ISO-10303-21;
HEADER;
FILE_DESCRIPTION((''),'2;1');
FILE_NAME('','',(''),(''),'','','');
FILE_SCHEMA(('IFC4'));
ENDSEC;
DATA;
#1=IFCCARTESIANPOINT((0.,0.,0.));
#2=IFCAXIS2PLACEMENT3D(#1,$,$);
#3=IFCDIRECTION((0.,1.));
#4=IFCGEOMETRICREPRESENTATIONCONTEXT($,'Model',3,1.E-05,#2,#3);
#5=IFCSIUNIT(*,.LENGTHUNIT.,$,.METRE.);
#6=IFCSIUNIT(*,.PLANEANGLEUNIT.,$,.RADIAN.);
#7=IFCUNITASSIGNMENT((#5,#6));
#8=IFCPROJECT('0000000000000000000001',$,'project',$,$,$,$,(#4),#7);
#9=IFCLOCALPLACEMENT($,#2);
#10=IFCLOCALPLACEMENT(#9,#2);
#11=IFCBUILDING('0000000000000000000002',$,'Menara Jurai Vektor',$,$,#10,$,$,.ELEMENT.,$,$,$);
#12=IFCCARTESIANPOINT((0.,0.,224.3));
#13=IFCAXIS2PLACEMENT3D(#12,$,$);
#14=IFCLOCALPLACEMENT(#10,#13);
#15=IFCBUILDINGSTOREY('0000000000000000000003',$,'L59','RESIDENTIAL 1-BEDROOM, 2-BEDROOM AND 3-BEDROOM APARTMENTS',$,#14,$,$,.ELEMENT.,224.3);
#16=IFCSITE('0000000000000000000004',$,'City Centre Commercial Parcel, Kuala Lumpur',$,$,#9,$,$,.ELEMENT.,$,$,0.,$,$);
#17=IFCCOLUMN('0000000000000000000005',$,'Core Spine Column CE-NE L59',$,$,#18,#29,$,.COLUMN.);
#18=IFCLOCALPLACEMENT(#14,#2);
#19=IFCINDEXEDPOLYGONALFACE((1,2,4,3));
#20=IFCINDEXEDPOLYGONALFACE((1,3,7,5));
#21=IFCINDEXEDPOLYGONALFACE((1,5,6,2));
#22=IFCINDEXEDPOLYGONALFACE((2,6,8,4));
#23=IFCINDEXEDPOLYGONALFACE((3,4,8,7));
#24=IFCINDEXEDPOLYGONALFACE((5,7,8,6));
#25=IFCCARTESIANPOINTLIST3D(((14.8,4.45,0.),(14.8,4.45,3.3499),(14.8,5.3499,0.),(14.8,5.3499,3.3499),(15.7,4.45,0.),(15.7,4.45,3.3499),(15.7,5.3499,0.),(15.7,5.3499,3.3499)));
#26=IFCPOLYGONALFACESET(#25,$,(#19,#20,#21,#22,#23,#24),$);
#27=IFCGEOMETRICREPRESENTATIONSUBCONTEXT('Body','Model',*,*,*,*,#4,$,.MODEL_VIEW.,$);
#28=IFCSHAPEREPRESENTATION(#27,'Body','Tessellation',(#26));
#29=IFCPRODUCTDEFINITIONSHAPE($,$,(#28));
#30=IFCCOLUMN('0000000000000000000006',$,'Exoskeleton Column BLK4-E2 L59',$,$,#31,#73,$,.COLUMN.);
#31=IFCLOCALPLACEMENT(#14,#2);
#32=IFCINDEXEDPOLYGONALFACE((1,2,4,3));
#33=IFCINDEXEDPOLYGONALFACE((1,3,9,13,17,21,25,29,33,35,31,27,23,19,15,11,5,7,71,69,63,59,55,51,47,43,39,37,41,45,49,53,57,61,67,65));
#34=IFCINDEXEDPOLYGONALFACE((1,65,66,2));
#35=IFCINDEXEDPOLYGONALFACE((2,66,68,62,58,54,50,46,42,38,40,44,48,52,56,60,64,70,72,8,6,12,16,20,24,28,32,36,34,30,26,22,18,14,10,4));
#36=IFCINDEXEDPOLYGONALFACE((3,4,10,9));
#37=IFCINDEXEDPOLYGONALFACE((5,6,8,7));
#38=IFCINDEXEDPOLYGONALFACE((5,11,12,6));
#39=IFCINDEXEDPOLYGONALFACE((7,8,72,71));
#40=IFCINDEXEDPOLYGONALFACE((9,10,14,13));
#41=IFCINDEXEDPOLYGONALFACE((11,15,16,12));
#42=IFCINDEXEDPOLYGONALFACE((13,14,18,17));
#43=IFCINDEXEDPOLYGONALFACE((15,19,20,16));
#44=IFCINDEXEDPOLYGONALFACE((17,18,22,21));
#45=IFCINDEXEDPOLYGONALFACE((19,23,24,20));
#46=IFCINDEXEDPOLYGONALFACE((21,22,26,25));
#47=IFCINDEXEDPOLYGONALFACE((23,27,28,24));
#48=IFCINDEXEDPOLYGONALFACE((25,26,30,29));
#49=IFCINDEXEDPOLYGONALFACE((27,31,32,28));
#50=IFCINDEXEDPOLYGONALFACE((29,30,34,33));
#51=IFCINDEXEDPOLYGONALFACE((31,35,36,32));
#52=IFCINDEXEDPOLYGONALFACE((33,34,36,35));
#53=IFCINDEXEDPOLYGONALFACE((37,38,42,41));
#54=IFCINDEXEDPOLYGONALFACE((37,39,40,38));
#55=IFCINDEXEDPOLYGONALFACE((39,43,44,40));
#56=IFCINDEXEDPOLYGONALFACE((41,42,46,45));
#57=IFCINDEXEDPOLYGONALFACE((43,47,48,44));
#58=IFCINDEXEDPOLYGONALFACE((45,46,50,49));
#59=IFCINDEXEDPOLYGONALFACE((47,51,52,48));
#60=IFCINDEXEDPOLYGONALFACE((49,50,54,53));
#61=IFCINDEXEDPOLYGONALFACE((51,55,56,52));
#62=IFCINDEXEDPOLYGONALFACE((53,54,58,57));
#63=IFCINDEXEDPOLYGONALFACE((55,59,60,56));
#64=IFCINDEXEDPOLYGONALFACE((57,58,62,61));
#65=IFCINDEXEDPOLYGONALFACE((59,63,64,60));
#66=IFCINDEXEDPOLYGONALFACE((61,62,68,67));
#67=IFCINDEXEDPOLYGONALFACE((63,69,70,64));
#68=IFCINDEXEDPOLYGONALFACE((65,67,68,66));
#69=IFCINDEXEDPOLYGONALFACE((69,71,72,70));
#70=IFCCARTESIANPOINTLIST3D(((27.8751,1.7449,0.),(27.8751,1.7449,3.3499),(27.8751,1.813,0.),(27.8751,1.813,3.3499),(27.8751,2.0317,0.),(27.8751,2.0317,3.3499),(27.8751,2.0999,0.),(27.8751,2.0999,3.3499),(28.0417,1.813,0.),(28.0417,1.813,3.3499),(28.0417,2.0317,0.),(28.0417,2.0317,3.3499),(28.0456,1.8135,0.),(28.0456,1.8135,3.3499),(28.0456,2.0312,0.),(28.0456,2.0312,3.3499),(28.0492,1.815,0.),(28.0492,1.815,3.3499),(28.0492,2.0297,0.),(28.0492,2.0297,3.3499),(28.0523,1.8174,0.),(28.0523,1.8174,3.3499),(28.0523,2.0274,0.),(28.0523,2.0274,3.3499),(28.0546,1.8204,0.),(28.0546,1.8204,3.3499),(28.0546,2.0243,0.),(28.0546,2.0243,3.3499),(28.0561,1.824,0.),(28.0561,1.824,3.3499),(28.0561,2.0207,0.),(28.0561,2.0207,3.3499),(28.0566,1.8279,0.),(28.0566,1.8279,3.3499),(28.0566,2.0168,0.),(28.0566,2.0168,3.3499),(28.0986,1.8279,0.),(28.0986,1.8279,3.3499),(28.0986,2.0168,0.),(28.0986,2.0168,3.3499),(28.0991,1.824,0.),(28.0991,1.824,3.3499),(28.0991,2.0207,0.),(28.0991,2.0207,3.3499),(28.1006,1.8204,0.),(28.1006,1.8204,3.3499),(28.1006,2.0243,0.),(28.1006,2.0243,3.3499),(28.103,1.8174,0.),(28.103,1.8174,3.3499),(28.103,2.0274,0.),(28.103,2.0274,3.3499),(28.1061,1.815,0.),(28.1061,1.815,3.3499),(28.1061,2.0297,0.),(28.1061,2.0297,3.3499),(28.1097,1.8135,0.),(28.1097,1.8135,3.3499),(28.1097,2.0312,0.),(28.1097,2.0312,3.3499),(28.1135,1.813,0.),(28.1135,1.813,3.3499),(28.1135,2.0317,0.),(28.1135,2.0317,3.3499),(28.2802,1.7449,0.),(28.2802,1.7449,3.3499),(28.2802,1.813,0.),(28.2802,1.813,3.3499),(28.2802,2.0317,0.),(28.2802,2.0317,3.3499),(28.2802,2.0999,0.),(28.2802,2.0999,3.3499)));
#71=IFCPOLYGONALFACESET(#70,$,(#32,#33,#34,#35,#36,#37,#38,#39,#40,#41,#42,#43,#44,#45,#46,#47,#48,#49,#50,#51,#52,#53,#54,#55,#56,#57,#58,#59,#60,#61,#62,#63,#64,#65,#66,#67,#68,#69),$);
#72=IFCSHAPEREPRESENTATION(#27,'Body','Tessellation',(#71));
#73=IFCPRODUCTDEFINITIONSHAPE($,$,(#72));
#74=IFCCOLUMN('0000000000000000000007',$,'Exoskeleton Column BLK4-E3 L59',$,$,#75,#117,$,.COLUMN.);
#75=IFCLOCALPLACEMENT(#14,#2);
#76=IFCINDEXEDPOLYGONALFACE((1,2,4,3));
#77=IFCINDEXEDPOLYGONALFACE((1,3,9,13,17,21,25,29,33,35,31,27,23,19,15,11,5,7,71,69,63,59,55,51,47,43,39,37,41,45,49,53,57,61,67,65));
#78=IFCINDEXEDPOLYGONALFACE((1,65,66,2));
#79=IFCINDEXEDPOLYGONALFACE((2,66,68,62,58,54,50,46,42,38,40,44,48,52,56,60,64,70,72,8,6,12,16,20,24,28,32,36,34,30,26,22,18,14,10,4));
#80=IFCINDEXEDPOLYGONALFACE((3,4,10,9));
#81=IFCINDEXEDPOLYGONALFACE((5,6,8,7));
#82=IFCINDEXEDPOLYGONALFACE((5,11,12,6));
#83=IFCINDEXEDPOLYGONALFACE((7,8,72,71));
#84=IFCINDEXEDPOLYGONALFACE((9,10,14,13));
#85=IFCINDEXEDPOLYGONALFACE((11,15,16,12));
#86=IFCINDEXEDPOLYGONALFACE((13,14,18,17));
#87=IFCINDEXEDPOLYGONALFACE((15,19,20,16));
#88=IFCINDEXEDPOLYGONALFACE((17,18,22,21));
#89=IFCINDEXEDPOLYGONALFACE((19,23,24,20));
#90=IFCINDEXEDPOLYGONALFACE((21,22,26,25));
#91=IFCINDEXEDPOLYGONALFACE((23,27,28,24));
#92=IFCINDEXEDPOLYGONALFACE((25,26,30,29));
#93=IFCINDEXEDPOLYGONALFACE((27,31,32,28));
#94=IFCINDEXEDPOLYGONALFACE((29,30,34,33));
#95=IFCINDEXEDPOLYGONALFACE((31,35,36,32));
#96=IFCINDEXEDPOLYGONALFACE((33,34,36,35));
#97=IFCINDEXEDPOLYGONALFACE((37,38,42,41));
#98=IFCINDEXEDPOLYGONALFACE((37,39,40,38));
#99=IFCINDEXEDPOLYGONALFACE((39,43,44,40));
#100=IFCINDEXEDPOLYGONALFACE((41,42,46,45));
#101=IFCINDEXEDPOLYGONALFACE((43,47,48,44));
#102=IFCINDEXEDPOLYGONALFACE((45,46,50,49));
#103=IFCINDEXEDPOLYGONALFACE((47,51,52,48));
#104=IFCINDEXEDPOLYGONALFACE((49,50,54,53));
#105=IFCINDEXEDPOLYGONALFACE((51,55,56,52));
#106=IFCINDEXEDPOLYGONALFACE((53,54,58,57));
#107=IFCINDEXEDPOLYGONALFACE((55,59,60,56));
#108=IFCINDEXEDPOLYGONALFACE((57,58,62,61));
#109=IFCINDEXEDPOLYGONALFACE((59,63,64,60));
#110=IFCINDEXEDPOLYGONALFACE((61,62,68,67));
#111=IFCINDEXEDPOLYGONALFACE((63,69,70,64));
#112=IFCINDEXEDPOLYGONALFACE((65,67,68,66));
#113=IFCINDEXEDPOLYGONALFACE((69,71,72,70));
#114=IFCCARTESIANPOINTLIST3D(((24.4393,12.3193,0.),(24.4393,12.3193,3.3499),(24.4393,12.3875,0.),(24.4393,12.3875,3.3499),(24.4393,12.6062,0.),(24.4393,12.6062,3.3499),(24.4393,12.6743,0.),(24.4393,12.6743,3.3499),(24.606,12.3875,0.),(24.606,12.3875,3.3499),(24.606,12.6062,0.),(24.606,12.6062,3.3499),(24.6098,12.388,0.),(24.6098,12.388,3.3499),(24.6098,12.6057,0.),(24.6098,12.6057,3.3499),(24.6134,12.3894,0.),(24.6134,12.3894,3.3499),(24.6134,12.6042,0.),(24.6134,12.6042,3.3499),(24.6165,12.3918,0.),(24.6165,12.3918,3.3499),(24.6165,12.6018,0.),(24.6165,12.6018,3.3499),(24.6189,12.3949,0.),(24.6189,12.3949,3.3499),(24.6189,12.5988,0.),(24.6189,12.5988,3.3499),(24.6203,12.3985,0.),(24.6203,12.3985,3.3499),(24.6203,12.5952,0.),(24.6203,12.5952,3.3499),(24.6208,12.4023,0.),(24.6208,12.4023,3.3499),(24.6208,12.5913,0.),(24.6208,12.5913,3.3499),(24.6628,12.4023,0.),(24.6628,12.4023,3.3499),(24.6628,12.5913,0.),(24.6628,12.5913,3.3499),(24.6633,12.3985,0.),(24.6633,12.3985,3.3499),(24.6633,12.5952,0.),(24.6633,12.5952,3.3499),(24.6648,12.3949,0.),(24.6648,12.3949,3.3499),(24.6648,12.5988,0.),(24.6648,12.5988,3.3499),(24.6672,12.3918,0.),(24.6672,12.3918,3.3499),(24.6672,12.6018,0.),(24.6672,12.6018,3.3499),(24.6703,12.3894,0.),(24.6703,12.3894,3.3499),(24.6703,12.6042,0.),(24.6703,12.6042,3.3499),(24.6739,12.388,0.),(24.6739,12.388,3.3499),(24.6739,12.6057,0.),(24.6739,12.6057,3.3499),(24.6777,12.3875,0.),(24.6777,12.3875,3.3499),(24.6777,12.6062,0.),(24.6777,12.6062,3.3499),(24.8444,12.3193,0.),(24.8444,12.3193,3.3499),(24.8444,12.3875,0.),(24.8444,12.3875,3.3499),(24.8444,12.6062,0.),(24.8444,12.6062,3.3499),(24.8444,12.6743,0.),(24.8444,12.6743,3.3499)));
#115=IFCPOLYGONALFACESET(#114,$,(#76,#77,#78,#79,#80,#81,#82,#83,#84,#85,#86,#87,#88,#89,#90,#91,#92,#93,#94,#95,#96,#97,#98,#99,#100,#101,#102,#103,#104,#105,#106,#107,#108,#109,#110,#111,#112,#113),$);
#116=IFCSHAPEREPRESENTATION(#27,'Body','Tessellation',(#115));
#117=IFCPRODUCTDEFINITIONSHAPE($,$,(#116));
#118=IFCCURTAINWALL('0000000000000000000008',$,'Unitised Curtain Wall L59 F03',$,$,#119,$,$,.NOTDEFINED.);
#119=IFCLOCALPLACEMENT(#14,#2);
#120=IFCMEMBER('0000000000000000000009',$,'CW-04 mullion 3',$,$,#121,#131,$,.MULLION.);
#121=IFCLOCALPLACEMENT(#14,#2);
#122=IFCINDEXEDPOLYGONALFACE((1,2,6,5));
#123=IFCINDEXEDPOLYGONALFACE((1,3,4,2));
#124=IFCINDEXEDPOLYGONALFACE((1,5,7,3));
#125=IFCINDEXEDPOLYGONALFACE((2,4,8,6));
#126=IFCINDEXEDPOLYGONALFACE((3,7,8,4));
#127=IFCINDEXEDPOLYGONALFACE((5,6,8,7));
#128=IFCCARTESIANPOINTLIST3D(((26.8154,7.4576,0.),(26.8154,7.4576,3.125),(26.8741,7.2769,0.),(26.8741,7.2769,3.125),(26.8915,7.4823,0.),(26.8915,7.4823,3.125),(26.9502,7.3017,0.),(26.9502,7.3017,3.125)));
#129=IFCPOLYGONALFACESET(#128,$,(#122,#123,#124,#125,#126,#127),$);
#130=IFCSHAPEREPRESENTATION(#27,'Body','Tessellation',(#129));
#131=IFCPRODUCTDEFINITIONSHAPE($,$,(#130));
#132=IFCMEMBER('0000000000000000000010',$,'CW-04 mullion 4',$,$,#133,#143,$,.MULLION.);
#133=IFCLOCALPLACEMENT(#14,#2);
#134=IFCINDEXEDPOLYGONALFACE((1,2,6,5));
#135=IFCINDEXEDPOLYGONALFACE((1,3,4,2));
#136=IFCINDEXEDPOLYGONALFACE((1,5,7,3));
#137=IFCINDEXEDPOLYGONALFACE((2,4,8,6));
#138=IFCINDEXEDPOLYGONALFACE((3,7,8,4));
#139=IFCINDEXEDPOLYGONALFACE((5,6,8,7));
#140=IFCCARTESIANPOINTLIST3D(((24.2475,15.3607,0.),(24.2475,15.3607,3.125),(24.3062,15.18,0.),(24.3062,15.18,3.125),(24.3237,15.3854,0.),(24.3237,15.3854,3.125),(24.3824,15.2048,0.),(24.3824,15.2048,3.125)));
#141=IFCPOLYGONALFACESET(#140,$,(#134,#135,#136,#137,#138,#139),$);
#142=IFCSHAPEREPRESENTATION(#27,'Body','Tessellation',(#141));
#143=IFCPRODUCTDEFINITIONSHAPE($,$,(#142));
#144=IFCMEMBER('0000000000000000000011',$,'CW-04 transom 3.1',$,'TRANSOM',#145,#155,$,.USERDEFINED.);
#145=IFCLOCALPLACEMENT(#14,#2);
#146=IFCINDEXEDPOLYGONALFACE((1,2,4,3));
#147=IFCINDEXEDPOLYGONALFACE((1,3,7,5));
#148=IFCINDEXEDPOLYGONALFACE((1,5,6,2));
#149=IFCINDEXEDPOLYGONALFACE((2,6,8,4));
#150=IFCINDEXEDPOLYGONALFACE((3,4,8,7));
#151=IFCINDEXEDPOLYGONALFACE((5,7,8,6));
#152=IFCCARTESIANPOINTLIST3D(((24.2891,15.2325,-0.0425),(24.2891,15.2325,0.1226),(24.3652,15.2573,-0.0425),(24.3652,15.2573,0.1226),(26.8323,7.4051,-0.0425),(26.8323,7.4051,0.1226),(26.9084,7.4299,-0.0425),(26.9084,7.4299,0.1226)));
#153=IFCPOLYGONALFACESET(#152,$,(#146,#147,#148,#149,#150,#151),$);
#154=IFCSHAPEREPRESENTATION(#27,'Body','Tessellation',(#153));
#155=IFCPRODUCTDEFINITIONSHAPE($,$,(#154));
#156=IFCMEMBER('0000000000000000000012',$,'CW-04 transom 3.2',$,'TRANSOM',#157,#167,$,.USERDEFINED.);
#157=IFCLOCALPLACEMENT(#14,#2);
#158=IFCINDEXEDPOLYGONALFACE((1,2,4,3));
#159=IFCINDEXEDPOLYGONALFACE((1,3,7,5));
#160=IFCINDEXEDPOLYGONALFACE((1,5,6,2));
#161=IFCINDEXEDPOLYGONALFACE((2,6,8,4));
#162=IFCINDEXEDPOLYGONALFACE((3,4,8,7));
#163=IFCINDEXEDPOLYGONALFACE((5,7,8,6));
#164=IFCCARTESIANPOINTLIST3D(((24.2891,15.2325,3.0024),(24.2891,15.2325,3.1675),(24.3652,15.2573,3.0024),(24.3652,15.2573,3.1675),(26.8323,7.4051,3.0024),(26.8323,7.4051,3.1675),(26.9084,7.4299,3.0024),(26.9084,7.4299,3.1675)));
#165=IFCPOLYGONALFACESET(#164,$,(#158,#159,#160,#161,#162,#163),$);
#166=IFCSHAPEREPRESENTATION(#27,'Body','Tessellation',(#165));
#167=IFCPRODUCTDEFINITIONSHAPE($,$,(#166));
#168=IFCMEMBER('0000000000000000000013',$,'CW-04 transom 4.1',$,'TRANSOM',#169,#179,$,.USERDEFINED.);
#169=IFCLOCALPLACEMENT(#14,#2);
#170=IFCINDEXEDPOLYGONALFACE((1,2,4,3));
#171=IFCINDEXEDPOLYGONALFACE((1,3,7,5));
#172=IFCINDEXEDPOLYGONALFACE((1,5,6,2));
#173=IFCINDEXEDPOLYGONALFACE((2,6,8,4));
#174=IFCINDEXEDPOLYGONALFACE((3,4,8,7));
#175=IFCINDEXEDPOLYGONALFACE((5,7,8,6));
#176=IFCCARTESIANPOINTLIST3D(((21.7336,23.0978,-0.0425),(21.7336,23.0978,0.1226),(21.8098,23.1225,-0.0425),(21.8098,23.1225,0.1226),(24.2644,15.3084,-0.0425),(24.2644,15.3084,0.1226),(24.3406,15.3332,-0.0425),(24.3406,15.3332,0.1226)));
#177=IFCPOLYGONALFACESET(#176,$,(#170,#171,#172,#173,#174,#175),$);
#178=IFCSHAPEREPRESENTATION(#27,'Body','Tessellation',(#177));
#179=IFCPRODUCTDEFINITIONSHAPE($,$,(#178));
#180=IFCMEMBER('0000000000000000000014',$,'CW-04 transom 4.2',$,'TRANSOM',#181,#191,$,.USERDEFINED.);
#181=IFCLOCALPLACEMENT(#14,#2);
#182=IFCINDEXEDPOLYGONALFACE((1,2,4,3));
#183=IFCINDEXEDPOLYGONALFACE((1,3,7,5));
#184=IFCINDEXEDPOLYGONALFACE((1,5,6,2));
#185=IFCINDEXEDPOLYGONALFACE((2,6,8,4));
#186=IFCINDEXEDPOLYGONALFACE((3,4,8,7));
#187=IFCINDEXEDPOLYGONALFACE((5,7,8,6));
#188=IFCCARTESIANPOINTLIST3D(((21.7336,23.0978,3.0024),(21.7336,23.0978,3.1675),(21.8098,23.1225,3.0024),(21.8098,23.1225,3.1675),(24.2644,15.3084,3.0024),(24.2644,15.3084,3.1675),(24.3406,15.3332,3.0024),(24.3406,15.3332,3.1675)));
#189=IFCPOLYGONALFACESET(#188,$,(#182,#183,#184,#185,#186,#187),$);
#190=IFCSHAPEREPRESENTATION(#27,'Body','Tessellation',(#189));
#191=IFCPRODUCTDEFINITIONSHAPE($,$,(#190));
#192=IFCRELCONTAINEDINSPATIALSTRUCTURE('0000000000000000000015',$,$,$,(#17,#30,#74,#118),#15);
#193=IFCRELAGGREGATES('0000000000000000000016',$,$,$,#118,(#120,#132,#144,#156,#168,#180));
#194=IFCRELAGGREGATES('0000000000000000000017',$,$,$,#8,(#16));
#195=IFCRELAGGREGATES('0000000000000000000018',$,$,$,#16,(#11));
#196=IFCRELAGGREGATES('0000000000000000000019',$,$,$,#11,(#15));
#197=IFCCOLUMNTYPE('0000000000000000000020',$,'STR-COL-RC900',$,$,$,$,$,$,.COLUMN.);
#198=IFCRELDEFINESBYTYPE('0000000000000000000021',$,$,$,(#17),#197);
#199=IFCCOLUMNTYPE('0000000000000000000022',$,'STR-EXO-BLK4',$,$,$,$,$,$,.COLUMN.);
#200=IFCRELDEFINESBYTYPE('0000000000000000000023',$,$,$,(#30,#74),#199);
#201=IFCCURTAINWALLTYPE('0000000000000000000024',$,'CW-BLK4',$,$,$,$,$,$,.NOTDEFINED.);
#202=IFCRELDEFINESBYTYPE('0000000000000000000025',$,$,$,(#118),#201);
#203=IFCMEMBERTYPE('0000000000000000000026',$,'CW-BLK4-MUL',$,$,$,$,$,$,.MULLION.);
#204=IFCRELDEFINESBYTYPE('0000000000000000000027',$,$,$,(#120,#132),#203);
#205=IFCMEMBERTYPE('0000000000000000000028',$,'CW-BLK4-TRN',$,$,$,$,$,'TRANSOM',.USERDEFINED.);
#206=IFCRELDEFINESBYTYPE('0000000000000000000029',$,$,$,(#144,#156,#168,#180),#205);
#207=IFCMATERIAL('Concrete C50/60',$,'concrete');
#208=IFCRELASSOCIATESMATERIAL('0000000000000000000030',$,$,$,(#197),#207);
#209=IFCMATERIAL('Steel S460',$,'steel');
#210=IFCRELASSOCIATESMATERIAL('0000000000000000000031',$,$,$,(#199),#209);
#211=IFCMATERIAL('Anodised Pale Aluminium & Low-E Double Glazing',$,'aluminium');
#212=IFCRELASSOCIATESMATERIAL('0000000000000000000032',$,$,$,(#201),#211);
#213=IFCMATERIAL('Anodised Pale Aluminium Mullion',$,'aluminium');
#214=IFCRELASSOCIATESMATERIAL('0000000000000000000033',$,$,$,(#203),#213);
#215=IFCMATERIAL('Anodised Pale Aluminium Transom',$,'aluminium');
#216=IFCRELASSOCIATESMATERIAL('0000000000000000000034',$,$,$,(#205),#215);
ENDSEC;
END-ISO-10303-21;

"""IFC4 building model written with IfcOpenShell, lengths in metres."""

from ifc_helpers import new_model, si_unit, direction, frame, origin, origin_2d, place, context, subcontext, project, spatial, rectangle, i_section, extrude, material, material_profile, profile_set, type_object, element, aggregate, save


model = new_model("IFC4")

# Units and contexts
model_context = context("Model", 3, precision=1e-05, world=origin(), true_north=direction((0.0, 1.0)))
body_context = subcontext(model_context, "Body", "Model", "MODEL_VIEW")
ifc_project = project(units=[si_unit("LENGTHUNIT", "METRE"), si_unit("PLANEANGLEUNIT", "RADIAN")], contexts=[model_context])

# Site, building, storey
site_placement = place(None, origin())
site = spatial("IfcSite", under=ifc_project, at=site_placement, Name="City Centre Commercial Parcel, Kuala Lumpur", CompositionType="ELEMENT", RefElevation=0.0)
building_placement = place(site_placement, origin())
building = spatial("IfcBuilding", under=site, at=building_placement, Name="Menara Jurai Vektor", CompositionType="ELEMENT")
storey_placement = place(building_placement, frame((0.0, 0.0, 224.3)))
storey = spatial("IfcBuildingStorey", under=building, at=storey_placement, Name="L59", Description="RESIDENTIAL 1-BEDROOM, 2-BEDROOM AND 3-BEDROOM APARTMENTS", CompositionType="ELEMENT", Elevation=224.3)

# Columns
ifc_material_1 = material(Name="Concrete C50/60", Category="concrete")
ifc_material_profile_1 = material_profile(ifc_material_1, rectangle(XDim=0.8999, YDim=0.8999, at=origin_2d()), Name="RC 900x900")
ifc_profile_set_1 = profile_set([ifc_material_profile_1], Name="Concrete C50/60")
column_type_1 = type_object("IfcColumnType", Name="STR-COL-RC900", PredefinedType="COLUMN", material=ifc_profile_set_1)
column_placement = place(storey_placement, frame((15.25, 4.8999, 0.0), z_axis=(0.0, 0.0, 1.0), x_axis=(1.0, 0.0, 0.0)))
element("IfcColumn", 1, at=column_placement, inside=storey, type_object=column_type_1, Name="Core Spine Column CE-NE L59", PredefinedType="COLUMN", context=body_context, shape_type="SweptSolid", body=[
    extrude(rectangle(XDim=0.8999, YDim=0.8999, at=origin_2d()), origin(), (0.0, 0.0, 1.0), 3.3499),
])
ifc_material_2 = material(Name="Steel S460", Category="steel")
ifc_material_profile_2 = material_profile(ifc_material_2, i_section(OverallWidth=0.405, OverallDepth=0.355, WebThickness=0.042, FlangeThickness=0.0681, FilletRadius=0.0149, at=origin_2d()), Name="HD 400x551")
ifc_profile_set_2 = profile_set([ifc_material_profile_2], Name="Steel S460")
column_type_2 = type_object("IfcColumnType", Name="STR-EXO-BLK4", PredefinedType="COLUMN", material=ifc_profile_set_2)
for number, where, z_axis, x_axis, name in (
    (2, (28.0776, 1.9224, 0.0), (0.0, 0.0, 1.0), (1.0, 0.0, 0.0), "Exoskeleton Column BLK4-E2 L59"),
    (3, (24.6418, 12.4968, 0.0), (0.0, 0.0, 1.0), (1.0, 0.0, 0.0), "Exoskeleton Column BLK4-E3 L59"),
):
    element("IfcColumn", number, at=place(storey_placement, frame(where, z_axis=z_axis, x_axis=x_axis)), inside=storey, type_object=column_type_2, Name=name, PredefinedType="COLUMN", context=body_context, shape_type="SweptSolid", body=[
        extrude(i_section(OverallWidth=0.405, OverallDepth=0.355, WebThickness=0.042, FlangeThickness=0.0681, FilletRadius=0.0149, at=origin_2d()), origin(), (0.0, 0.0, 1.0), 3.3499),
    ])

# Curtain wall, members
ifc_material_3 = material(Name="Anodised Pale Aluminium & Low-E Double Glazing", Category="aluminium")
curtain_wall_type = type_object("IfcCurtainWallType", Name="CW-BLK4", PredefinedType="NOTDEFINED", material=ifc_material_3)
curtain_wall_placement = place(storey_placement, origin())
curtain_wall = element("IfcCurtainWall", 4, at=curtain_wall_placement, inside=storey, type_object=curtain_wall_type, Name="Unitised Curtain Wall L59 F03", PredefinedType="NOTDEFINED")
ifc_material_4 = material(Name="Anodised Pale Aluminium Mullion", Category="aluminium")
ifc_material_profile_3 = material_profile(ifc_material_4, rectangle(XDim=0.0801, YDim=0.1899, at=origin_2d()), Name="ALU MUL 80x190")
ifc_profile_set_3 = profile_set([ifc_material_profile_3], Name="Anodised Pale Aluminium Mullion")
member_type_1 = type_object("IfcMemberType", Name="CW-BLK4-MUL", PredefinedType="MULLION", material=ifc_profile_set_3)
member_1_placement = place(storey_placement, frame((26.8828, 7.3796, 0.0), z_axis=(0.0, 0.0, 1.0), x_axis=(-0.951057, -0.309016, 0.0)))
member_1 = element("IfcMember", 5, at=member_1_placement, type_object=member_type_1, Name="CW-04 mullion 3", PredefinedType="MULLION", context=body_context, shape_type="SweptSolid", body=[
    extrude(rectangle(XDim=0.0801, YDim=0.1899, at=origin_2d()), origin(), (0.0, 0.0, 1.0), 3.125),
])
member_2_placement = place(storey_placement, frame((24.3149, 15.2827, 0.0), z_axis=(0.0, 0.0, 1.0), x_axis=(-0.951057, -0.309016, 0.0)))
member_2 = element("IfcMember", 6, at=member_2_placement, type_object=member_type_1, Name="CW-04 mullion 4", PredefinedType="MULLION", context=body_context, shape_type="SweptSolid", body=[
    extrude(rectangle(XDim=0.0801, YDim=0.1899, at=origin_2d()), origin(), (0.0, 0.0, 1.0), 3.125),
])
ifc_material_5 = material(Name="Anodised Pale Aluminium Transom", Category="aluminium")
ifc_material_profile_4 = material_profile(ifc_material_5, rectangle(XDim=0.0801, YDim=0.165, at=origin_2d()), Name="ALU TRN 80x165")
ifc_profile_set_4 = profile_set([ifc_material_profile_4], Name="Anodised Pale Aluminium Transom")
member_type_2 = type_object("IfcMemberType", Name="CW-BLK4-TRN", ElementType="TRANSOM", PredefinedType="USERDEFINED", material=ifc_profile_set_4)
member_3_placement = place(storey_placement, frame((26.8704, 7.4175, 0.04), z_axis=(-0.30901, 0.951059, 0.0), x_axis=(-0.951059, -0.30901, 0.0)))
member_3 = element("IfcMember", 7, at=member_3_placement, type_object=member_type_2, Name="CW-04 transom 3.1", ObjectType="TRANSOM", PredefinedType="USERDEFINED", context=body_context, shape_type="SweptSolid", body=[
    extrude(rectangle(XDim=0.0801, YDim=0.165, at=origin_2d()), origin(), (0.0, 0.0, 1.0), 8.2302),
])
member_4_placement = place(storey_placement, frame((26.8704, 7.4175, 3.085), z_axis=(-0.30901, 0.951059, 0.0), x_axis=(-0.951059, -0.30901, 0.0)))
member_4 = element("IfcMember", 8, at=member_4_placement, type_object=member_type_2, Name="CW-04 transom 3.2", ObjectType="TRANSOM", PredefinedType="USERDEFINED", context=body_context, shape_type="SweptSolid", body=[
    extrude(rectangle(XDim=0.0801, YDim=0.165, at=origin_2d()), origin(), (0.0, 0.0, 1.0), 8.2302),
])
member_5_placement = place(storey_placement, frame((24.3025, 15.3208, 0.04), z_axis=(-0.309002, 0.951061, 0.0), x_axis=(-0.951061, -0.309002, 0.0)))
member_5 = element("IfcMember", 9, at=member_5_placement, type_object=member_type_2, Name="CW-04 transom 4.1", ObjectType="TRANSOM", PredefinedType="USERDEFINED", context=body_context, shape_type="SweptSolid", body=[
    extrude(rectangle(XDim=0.0801, YDim=0.165, at=origin_2d()), origin(), (0.0, 0.0, 1.0), 8.1902),
])
member_6_placement = place(storey_placement, frame((24.3025, 15.3208, 3.085), z_axis=(-0.309002, 0.951061, 0.0), x_axis=(-0.951061, -0.309002, 0.0)))
member_6 = element("IfcMember", 10, at=member_6_placement, type_object=member_type_2, Name="CW-04 transom 4.2", ObjectType="TRANSOM", PredefinedType="USERDEFINED", context=body_context, shape_type="SweptSolid", body=[
    extrude(rectangle(XDim=0.0801, YDim=0.165, at=origin_2d()), origin(), (0.0, 0.0, 1.0), 8.1902),
])

aggregate(curtain_wall, [member_1, member_2, member_3, member_4, member_5, member_6])

save(model, "model.ifc")
